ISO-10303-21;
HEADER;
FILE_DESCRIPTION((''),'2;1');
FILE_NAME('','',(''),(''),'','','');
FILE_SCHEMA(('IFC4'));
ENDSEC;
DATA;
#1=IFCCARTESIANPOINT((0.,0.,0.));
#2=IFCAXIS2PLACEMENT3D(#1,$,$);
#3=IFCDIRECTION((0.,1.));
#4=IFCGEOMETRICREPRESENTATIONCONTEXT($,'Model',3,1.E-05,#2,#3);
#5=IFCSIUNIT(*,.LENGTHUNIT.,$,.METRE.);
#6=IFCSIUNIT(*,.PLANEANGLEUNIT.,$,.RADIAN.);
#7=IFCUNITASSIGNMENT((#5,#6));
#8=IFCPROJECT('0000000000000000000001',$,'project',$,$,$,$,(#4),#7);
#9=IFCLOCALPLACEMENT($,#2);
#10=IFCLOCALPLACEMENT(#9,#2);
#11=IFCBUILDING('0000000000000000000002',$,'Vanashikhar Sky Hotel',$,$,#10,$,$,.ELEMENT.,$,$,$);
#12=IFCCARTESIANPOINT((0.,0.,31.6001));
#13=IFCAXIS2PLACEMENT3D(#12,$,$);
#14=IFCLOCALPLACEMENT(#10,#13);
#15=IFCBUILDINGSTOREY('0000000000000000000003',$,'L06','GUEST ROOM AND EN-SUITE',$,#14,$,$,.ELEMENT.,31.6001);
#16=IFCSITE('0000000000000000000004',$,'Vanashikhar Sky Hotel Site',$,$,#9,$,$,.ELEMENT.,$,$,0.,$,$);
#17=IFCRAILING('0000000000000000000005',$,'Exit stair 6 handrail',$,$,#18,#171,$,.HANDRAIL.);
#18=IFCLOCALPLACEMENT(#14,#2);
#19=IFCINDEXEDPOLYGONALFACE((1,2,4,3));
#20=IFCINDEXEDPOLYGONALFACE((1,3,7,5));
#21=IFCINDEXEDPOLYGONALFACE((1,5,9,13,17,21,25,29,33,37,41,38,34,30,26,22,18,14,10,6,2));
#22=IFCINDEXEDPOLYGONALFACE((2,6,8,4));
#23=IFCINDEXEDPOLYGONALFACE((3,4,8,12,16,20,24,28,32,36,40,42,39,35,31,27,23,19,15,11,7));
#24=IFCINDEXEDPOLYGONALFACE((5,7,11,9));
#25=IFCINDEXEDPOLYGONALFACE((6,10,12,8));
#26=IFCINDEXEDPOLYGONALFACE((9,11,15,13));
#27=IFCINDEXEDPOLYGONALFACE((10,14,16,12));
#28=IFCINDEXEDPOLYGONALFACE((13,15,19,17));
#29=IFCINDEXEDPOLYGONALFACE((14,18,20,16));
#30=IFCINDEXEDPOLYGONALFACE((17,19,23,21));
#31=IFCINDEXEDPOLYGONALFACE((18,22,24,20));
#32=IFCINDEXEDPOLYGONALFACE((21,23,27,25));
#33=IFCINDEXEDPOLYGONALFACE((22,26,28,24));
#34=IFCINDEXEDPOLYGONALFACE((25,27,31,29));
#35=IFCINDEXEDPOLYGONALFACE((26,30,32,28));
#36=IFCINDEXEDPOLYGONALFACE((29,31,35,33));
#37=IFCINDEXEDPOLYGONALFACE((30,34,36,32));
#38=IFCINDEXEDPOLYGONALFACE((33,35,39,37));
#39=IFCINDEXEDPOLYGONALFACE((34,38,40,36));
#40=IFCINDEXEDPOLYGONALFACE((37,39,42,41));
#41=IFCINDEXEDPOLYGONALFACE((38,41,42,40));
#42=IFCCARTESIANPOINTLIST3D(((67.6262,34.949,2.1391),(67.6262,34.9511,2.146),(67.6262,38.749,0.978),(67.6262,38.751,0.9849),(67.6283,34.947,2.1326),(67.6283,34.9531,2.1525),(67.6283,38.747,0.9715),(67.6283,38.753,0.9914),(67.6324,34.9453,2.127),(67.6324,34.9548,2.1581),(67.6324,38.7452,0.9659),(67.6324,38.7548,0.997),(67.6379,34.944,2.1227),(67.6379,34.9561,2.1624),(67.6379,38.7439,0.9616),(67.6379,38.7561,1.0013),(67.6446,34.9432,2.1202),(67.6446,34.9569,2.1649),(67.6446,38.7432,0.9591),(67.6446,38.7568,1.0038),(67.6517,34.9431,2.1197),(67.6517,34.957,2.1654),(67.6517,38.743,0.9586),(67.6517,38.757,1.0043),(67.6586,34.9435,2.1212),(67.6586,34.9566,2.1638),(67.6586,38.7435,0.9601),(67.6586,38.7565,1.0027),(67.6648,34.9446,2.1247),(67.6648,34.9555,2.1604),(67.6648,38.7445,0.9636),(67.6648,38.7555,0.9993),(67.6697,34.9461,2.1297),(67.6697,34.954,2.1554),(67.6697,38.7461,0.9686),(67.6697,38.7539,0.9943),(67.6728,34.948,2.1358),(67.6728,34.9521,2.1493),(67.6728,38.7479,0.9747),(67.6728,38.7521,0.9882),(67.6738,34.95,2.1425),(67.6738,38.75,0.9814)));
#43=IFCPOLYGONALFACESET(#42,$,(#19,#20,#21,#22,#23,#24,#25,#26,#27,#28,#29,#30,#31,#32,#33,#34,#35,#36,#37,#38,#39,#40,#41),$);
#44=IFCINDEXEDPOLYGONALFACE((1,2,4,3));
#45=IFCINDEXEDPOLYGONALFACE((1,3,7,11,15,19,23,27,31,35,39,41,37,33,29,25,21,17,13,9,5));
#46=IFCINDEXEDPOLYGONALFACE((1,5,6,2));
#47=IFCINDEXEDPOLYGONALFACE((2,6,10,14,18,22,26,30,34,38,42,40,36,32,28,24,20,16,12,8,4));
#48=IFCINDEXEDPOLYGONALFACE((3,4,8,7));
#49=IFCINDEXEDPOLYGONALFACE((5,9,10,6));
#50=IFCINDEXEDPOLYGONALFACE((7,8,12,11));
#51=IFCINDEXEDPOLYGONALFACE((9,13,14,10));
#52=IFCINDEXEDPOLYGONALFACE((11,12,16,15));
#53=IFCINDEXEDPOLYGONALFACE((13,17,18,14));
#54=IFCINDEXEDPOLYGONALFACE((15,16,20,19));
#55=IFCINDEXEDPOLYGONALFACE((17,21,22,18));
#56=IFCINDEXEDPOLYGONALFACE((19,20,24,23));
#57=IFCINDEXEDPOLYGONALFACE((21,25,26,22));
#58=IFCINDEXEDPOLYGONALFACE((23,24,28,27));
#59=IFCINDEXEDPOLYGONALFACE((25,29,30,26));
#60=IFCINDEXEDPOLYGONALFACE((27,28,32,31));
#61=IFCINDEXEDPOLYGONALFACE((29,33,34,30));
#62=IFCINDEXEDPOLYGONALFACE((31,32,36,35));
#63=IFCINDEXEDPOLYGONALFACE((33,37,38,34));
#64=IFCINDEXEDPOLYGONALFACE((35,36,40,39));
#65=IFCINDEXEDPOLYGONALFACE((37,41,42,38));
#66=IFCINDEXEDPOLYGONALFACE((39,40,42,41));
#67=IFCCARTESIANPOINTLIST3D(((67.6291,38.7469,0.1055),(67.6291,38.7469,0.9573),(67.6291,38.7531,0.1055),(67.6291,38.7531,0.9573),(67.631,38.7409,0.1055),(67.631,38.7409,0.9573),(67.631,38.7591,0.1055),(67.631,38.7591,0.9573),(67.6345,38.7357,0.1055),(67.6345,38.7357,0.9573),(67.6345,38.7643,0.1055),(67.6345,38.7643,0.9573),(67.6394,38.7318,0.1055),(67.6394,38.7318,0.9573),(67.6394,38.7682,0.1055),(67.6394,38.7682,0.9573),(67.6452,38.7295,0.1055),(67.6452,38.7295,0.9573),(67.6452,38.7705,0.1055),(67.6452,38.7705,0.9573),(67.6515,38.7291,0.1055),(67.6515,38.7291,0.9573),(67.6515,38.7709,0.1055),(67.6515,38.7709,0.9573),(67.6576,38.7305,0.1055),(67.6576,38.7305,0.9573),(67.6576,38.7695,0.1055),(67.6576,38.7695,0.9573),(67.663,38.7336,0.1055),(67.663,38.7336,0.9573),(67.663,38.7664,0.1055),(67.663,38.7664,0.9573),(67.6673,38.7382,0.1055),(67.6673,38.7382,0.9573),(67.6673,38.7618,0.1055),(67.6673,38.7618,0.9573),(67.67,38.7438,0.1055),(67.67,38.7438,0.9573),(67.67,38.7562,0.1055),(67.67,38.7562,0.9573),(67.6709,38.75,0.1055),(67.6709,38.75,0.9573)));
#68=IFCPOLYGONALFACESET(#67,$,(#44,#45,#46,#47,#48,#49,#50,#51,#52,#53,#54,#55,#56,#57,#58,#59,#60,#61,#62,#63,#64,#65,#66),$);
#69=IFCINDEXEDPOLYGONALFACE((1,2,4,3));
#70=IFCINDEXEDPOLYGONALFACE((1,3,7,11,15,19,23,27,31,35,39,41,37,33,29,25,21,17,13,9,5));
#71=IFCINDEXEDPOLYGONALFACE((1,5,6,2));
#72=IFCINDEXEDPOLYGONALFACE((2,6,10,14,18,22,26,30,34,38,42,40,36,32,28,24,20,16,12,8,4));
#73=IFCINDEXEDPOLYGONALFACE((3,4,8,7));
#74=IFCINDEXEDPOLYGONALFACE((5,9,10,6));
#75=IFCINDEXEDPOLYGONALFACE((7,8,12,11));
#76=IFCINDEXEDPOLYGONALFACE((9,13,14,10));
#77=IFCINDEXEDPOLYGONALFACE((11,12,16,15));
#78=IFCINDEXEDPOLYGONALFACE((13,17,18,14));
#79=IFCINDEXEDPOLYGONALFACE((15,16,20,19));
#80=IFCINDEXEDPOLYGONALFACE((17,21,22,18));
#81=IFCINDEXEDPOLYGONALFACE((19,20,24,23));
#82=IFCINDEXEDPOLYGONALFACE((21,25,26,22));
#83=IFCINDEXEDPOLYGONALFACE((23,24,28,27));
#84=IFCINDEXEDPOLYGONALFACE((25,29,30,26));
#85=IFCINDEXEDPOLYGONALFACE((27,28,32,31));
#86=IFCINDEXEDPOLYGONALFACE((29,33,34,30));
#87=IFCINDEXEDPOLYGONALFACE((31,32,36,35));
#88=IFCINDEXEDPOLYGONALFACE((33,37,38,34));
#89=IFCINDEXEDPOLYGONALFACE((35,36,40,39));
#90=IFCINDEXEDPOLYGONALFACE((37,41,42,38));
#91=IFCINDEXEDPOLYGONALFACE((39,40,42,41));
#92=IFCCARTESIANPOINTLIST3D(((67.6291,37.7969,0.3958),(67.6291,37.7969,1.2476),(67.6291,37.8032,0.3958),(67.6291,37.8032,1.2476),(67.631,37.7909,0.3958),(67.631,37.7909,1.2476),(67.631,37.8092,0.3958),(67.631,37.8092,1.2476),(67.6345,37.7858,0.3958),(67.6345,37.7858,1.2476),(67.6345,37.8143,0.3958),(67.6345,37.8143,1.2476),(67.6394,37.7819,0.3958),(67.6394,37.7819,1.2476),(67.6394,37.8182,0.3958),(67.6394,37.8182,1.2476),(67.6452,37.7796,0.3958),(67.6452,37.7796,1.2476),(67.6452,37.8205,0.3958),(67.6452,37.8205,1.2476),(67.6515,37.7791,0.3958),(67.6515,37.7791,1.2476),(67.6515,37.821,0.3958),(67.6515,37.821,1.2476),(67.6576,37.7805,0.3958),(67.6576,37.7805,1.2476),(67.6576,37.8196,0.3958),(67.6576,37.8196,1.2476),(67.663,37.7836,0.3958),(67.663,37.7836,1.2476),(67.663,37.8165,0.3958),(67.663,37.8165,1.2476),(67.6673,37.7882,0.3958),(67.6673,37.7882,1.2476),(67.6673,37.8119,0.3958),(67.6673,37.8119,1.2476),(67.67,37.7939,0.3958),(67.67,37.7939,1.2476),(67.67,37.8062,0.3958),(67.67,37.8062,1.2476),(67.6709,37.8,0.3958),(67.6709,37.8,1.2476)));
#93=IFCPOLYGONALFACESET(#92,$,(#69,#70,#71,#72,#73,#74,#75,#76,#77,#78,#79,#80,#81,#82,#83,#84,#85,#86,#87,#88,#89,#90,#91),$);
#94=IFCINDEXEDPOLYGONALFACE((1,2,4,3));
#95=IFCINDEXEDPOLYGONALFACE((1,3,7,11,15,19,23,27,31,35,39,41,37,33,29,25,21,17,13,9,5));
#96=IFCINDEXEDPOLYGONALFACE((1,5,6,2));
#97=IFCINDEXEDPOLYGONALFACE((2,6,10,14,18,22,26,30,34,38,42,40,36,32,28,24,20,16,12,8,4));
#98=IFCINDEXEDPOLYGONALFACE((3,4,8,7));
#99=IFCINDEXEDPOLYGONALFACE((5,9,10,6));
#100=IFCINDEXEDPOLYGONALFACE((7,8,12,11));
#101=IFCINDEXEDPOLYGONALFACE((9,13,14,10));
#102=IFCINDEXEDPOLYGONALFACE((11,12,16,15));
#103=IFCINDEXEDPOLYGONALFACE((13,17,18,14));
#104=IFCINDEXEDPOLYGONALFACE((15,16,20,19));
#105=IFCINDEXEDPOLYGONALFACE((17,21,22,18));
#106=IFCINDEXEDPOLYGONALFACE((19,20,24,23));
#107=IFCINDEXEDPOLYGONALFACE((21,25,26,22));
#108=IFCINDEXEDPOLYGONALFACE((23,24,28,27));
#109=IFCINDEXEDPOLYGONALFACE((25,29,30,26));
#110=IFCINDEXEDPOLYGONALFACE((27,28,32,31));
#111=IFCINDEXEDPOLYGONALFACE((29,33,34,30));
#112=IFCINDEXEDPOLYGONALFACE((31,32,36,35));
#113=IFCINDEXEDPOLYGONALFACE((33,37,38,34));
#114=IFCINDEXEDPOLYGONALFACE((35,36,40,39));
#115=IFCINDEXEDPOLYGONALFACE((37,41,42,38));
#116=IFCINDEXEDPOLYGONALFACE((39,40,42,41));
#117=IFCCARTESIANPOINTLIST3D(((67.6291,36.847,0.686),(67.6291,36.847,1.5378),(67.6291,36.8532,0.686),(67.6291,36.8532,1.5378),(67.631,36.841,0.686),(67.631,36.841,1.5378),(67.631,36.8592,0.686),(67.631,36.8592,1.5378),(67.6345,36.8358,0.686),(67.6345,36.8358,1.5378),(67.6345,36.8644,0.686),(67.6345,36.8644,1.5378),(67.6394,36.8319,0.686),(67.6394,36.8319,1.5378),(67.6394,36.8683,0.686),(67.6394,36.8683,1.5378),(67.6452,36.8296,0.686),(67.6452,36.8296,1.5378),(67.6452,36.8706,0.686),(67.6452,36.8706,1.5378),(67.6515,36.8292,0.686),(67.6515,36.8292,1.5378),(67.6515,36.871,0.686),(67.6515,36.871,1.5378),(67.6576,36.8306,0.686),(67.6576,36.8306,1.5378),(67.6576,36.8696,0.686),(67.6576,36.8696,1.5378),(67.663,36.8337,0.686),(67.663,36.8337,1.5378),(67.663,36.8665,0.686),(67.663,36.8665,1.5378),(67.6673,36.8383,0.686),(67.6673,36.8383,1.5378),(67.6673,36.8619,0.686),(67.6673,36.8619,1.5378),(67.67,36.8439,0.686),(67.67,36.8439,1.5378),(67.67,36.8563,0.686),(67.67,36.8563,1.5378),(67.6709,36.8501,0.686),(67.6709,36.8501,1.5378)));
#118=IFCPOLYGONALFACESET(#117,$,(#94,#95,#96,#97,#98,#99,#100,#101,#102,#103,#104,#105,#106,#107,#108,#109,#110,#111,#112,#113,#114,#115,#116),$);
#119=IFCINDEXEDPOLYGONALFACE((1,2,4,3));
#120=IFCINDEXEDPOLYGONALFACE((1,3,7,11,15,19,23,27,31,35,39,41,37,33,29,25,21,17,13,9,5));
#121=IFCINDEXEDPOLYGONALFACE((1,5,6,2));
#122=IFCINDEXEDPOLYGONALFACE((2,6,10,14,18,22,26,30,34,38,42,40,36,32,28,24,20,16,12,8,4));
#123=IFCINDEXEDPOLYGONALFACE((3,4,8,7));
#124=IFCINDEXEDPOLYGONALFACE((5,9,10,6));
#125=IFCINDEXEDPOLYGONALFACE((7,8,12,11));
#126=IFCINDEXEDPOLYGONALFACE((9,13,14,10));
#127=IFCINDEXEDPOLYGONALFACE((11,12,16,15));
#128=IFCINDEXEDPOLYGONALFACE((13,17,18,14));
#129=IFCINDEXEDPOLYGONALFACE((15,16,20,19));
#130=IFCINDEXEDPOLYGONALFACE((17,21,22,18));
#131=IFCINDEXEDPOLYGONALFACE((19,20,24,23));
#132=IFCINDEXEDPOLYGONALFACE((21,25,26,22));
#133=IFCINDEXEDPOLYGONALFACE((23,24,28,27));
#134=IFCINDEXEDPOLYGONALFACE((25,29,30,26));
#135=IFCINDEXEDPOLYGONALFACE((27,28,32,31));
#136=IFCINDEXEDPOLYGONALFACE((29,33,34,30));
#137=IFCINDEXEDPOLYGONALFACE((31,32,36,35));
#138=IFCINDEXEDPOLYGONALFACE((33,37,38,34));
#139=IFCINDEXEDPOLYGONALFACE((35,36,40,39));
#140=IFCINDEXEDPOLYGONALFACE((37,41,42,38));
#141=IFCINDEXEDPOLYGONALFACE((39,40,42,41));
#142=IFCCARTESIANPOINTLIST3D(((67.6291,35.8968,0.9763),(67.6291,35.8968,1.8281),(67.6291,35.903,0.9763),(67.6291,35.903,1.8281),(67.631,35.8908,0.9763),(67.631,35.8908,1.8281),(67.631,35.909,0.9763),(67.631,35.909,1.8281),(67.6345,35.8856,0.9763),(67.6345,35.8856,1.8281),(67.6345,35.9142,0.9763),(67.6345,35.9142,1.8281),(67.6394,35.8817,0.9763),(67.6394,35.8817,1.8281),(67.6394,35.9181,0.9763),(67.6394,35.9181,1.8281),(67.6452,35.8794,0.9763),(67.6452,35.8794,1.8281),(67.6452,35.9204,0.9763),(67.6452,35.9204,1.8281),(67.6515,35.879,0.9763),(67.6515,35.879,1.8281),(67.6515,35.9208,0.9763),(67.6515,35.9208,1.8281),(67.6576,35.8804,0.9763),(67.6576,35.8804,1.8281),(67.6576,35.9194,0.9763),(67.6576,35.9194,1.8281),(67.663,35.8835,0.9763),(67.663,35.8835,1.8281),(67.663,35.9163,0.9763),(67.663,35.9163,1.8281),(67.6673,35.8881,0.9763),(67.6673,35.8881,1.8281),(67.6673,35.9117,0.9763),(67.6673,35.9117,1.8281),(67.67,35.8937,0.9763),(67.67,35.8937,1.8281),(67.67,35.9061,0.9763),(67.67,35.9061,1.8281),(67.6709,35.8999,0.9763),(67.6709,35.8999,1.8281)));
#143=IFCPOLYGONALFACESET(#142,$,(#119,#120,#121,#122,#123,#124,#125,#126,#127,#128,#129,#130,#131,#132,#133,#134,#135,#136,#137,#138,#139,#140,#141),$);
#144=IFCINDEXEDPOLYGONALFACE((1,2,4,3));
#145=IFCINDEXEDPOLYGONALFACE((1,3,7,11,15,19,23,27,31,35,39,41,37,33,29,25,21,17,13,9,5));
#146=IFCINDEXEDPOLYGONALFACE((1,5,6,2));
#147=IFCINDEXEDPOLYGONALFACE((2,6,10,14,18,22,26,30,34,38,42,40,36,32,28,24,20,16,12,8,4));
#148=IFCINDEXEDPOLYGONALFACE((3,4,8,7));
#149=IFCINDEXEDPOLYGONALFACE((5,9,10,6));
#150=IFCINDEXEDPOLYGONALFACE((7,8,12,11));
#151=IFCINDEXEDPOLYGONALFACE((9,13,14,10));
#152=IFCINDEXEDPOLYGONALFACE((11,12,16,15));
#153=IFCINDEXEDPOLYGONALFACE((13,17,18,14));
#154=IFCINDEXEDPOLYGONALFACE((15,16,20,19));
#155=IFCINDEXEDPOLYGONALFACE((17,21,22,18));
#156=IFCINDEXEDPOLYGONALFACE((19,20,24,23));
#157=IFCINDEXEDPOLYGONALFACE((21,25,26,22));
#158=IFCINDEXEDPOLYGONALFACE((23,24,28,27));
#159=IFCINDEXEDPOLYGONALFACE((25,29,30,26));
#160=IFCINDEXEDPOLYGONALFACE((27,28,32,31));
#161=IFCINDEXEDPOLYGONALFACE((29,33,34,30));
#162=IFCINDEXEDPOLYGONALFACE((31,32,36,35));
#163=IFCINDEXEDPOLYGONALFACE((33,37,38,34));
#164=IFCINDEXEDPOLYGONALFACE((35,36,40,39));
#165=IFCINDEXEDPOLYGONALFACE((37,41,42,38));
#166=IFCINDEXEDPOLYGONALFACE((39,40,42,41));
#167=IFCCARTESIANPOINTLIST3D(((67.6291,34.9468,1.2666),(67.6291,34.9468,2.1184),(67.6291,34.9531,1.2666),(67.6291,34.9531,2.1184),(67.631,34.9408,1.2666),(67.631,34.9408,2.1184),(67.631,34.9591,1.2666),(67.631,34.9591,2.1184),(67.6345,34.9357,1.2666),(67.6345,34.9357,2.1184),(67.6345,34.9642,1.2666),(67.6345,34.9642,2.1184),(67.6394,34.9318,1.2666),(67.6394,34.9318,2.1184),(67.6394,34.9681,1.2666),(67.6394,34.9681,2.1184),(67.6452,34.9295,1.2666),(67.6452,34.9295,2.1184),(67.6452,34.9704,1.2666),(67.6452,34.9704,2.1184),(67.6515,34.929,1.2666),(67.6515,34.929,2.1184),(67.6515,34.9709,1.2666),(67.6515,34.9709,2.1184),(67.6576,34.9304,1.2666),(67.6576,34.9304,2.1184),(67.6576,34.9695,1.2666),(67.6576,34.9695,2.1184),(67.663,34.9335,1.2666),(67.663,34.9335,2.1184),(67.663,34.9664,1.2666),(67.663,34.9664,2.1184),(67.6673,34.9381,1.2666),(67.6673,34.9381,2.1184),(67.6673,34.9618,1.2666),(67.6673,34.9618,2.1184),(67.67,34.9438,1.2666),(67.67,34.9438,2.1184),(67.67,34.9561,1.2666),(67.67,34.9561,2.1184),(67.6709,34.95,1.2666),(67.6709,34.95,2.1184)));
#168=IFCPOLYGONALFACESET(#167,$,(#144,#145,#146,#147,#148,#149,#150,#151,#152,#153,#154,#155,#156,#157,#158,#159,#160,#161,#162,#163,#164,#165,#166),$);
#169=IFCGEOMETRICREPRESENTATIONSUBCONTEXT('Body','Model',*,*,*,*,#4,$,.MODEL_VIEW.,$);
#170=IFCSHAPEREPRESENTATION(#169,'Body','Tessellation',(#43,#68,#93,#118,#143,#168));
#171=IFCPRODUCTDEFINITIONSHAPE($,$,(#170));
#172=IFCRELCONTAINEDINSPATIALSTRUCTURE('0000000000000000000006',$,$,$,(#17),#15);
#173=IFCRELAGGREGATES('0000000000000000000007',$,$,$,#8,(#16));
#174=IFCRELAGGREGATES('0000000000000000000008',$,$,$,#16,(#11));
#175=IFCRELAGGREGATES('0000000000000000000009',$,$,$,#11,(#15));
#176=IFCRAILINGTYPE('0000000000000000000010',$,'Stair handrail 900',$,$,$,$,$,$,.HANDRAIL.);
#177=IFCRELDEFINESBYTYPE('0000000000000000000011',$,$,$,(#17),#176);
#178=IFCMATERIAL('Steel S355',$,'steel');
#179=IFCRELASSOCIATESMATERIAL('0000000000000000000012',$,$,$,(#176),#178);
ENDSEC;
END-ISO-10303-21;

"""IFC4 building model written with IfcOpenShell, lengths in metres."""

from ifc_helpers import new_model, si_unit, direction, frame, origin, origin_2d, place, context, subcontext, project, spatial, circle, extrude, source, transform, mapped, material, type_object, element, save


model = new_model("IFC4")

# Units and contexts
model_context = context("Model", 3, precision=1e-05, world=origin(), true_north=direction((0.0, 1.0)))
body_context = subcontext(model_context, "Body", "Model", "MODEL_VIEW")
ifc_project = project(units=[si_unit("LENGTHUNIT", "METRE"), si_unit("PLANEANGLEUNIT", "RADIAN")], contexts=[model_context])

# Site, building, storey
site_placement = place(None, origin())
site = spatial("IfcSite", under=ifc_project, at=site_placement, Name="Vanashikhar Sky Hotel Site", CompositionType="ELEMENT", RefElevation=0.0)
building_placement = place(site_placement, origin())
building = spatial("IfcBuilding", under=site, at=building_placement, Name="Vanashikhar Sky Hotel", CompositionType="ELEMENT")
storey_placement = place(building_placement, frame((0.0, 0.0, 31.6001)))
storey = spatial("IfcBuildingStorey", under=building, at=storey_placement, Name="L06", Description="GUEST ROOM AND EN-SUITE", CompositionType="ELEMENT", Elevation=31.6001)

# Railing
ifc_material_1 = material(Name="Steel S355", Category="steel")
railing_type_1 = type_object("IfcRailingType", Name="Stair handrail 900", PredefinedType="HANDRAIL", material=ifc_material_1)
shared_shape_1 = source(origin(), body_context, "Body", "SweptSolid", [
    extrude(circle(Radius=0.0239, at=origin_2d()), frame((0.0, 0.0, 0.876), z_axis=(0.0, -0.956351, 0.29222), x_axis=(1.0, 0.0, 0.0)), (0.0, 0.0, 1.0), 3.9734),
    extrude(circle(Radius=0.021, at=origin_2d()), origin(), (0.0, 0.0, 1.0), 0.8518),
    extrude(circle(Radius=0.021, at=origin_2d()), frame((0.0, -0.95, 0.2903)), (0.0, 0.0, 1.0), 0.8518),
    extrude(circle(Radius=0.021, at=origin_2d()), frame((0.0, -1.8999, 0.5806)), (0.0, 0.0, 1.0), 0.8518),
    extrude(circle(Radius=0.021, at=origin_2d()), frame((0.0, -2.8501, 0.8708)), (0.0, 0.0, 1.0), 0.8518),
    extrude(circle(Radius=0.021, at=origin_2d()), frame((0.0, -3.8, 1.1611)), (0.0, 0.0, 1.0), 0.8518),
])
for number, where, name in (
    (1, (67.6499, 38.75, 0.1055), "Exit stair 6 handrail"),
):
    element("IfcRailing", number, at=place(storey_placement, frame(where)), inside=storey, type_object=railing_type_1, Name=name, PredefinedType="HANDRAIL", context=body_context, shape_type="MappedRepresentation", body=[
        mapped(shared_shape_1, transform((0.0, 0.0, 0.0), scale=1.0)),
    ])

save(model, "model.ifc")
